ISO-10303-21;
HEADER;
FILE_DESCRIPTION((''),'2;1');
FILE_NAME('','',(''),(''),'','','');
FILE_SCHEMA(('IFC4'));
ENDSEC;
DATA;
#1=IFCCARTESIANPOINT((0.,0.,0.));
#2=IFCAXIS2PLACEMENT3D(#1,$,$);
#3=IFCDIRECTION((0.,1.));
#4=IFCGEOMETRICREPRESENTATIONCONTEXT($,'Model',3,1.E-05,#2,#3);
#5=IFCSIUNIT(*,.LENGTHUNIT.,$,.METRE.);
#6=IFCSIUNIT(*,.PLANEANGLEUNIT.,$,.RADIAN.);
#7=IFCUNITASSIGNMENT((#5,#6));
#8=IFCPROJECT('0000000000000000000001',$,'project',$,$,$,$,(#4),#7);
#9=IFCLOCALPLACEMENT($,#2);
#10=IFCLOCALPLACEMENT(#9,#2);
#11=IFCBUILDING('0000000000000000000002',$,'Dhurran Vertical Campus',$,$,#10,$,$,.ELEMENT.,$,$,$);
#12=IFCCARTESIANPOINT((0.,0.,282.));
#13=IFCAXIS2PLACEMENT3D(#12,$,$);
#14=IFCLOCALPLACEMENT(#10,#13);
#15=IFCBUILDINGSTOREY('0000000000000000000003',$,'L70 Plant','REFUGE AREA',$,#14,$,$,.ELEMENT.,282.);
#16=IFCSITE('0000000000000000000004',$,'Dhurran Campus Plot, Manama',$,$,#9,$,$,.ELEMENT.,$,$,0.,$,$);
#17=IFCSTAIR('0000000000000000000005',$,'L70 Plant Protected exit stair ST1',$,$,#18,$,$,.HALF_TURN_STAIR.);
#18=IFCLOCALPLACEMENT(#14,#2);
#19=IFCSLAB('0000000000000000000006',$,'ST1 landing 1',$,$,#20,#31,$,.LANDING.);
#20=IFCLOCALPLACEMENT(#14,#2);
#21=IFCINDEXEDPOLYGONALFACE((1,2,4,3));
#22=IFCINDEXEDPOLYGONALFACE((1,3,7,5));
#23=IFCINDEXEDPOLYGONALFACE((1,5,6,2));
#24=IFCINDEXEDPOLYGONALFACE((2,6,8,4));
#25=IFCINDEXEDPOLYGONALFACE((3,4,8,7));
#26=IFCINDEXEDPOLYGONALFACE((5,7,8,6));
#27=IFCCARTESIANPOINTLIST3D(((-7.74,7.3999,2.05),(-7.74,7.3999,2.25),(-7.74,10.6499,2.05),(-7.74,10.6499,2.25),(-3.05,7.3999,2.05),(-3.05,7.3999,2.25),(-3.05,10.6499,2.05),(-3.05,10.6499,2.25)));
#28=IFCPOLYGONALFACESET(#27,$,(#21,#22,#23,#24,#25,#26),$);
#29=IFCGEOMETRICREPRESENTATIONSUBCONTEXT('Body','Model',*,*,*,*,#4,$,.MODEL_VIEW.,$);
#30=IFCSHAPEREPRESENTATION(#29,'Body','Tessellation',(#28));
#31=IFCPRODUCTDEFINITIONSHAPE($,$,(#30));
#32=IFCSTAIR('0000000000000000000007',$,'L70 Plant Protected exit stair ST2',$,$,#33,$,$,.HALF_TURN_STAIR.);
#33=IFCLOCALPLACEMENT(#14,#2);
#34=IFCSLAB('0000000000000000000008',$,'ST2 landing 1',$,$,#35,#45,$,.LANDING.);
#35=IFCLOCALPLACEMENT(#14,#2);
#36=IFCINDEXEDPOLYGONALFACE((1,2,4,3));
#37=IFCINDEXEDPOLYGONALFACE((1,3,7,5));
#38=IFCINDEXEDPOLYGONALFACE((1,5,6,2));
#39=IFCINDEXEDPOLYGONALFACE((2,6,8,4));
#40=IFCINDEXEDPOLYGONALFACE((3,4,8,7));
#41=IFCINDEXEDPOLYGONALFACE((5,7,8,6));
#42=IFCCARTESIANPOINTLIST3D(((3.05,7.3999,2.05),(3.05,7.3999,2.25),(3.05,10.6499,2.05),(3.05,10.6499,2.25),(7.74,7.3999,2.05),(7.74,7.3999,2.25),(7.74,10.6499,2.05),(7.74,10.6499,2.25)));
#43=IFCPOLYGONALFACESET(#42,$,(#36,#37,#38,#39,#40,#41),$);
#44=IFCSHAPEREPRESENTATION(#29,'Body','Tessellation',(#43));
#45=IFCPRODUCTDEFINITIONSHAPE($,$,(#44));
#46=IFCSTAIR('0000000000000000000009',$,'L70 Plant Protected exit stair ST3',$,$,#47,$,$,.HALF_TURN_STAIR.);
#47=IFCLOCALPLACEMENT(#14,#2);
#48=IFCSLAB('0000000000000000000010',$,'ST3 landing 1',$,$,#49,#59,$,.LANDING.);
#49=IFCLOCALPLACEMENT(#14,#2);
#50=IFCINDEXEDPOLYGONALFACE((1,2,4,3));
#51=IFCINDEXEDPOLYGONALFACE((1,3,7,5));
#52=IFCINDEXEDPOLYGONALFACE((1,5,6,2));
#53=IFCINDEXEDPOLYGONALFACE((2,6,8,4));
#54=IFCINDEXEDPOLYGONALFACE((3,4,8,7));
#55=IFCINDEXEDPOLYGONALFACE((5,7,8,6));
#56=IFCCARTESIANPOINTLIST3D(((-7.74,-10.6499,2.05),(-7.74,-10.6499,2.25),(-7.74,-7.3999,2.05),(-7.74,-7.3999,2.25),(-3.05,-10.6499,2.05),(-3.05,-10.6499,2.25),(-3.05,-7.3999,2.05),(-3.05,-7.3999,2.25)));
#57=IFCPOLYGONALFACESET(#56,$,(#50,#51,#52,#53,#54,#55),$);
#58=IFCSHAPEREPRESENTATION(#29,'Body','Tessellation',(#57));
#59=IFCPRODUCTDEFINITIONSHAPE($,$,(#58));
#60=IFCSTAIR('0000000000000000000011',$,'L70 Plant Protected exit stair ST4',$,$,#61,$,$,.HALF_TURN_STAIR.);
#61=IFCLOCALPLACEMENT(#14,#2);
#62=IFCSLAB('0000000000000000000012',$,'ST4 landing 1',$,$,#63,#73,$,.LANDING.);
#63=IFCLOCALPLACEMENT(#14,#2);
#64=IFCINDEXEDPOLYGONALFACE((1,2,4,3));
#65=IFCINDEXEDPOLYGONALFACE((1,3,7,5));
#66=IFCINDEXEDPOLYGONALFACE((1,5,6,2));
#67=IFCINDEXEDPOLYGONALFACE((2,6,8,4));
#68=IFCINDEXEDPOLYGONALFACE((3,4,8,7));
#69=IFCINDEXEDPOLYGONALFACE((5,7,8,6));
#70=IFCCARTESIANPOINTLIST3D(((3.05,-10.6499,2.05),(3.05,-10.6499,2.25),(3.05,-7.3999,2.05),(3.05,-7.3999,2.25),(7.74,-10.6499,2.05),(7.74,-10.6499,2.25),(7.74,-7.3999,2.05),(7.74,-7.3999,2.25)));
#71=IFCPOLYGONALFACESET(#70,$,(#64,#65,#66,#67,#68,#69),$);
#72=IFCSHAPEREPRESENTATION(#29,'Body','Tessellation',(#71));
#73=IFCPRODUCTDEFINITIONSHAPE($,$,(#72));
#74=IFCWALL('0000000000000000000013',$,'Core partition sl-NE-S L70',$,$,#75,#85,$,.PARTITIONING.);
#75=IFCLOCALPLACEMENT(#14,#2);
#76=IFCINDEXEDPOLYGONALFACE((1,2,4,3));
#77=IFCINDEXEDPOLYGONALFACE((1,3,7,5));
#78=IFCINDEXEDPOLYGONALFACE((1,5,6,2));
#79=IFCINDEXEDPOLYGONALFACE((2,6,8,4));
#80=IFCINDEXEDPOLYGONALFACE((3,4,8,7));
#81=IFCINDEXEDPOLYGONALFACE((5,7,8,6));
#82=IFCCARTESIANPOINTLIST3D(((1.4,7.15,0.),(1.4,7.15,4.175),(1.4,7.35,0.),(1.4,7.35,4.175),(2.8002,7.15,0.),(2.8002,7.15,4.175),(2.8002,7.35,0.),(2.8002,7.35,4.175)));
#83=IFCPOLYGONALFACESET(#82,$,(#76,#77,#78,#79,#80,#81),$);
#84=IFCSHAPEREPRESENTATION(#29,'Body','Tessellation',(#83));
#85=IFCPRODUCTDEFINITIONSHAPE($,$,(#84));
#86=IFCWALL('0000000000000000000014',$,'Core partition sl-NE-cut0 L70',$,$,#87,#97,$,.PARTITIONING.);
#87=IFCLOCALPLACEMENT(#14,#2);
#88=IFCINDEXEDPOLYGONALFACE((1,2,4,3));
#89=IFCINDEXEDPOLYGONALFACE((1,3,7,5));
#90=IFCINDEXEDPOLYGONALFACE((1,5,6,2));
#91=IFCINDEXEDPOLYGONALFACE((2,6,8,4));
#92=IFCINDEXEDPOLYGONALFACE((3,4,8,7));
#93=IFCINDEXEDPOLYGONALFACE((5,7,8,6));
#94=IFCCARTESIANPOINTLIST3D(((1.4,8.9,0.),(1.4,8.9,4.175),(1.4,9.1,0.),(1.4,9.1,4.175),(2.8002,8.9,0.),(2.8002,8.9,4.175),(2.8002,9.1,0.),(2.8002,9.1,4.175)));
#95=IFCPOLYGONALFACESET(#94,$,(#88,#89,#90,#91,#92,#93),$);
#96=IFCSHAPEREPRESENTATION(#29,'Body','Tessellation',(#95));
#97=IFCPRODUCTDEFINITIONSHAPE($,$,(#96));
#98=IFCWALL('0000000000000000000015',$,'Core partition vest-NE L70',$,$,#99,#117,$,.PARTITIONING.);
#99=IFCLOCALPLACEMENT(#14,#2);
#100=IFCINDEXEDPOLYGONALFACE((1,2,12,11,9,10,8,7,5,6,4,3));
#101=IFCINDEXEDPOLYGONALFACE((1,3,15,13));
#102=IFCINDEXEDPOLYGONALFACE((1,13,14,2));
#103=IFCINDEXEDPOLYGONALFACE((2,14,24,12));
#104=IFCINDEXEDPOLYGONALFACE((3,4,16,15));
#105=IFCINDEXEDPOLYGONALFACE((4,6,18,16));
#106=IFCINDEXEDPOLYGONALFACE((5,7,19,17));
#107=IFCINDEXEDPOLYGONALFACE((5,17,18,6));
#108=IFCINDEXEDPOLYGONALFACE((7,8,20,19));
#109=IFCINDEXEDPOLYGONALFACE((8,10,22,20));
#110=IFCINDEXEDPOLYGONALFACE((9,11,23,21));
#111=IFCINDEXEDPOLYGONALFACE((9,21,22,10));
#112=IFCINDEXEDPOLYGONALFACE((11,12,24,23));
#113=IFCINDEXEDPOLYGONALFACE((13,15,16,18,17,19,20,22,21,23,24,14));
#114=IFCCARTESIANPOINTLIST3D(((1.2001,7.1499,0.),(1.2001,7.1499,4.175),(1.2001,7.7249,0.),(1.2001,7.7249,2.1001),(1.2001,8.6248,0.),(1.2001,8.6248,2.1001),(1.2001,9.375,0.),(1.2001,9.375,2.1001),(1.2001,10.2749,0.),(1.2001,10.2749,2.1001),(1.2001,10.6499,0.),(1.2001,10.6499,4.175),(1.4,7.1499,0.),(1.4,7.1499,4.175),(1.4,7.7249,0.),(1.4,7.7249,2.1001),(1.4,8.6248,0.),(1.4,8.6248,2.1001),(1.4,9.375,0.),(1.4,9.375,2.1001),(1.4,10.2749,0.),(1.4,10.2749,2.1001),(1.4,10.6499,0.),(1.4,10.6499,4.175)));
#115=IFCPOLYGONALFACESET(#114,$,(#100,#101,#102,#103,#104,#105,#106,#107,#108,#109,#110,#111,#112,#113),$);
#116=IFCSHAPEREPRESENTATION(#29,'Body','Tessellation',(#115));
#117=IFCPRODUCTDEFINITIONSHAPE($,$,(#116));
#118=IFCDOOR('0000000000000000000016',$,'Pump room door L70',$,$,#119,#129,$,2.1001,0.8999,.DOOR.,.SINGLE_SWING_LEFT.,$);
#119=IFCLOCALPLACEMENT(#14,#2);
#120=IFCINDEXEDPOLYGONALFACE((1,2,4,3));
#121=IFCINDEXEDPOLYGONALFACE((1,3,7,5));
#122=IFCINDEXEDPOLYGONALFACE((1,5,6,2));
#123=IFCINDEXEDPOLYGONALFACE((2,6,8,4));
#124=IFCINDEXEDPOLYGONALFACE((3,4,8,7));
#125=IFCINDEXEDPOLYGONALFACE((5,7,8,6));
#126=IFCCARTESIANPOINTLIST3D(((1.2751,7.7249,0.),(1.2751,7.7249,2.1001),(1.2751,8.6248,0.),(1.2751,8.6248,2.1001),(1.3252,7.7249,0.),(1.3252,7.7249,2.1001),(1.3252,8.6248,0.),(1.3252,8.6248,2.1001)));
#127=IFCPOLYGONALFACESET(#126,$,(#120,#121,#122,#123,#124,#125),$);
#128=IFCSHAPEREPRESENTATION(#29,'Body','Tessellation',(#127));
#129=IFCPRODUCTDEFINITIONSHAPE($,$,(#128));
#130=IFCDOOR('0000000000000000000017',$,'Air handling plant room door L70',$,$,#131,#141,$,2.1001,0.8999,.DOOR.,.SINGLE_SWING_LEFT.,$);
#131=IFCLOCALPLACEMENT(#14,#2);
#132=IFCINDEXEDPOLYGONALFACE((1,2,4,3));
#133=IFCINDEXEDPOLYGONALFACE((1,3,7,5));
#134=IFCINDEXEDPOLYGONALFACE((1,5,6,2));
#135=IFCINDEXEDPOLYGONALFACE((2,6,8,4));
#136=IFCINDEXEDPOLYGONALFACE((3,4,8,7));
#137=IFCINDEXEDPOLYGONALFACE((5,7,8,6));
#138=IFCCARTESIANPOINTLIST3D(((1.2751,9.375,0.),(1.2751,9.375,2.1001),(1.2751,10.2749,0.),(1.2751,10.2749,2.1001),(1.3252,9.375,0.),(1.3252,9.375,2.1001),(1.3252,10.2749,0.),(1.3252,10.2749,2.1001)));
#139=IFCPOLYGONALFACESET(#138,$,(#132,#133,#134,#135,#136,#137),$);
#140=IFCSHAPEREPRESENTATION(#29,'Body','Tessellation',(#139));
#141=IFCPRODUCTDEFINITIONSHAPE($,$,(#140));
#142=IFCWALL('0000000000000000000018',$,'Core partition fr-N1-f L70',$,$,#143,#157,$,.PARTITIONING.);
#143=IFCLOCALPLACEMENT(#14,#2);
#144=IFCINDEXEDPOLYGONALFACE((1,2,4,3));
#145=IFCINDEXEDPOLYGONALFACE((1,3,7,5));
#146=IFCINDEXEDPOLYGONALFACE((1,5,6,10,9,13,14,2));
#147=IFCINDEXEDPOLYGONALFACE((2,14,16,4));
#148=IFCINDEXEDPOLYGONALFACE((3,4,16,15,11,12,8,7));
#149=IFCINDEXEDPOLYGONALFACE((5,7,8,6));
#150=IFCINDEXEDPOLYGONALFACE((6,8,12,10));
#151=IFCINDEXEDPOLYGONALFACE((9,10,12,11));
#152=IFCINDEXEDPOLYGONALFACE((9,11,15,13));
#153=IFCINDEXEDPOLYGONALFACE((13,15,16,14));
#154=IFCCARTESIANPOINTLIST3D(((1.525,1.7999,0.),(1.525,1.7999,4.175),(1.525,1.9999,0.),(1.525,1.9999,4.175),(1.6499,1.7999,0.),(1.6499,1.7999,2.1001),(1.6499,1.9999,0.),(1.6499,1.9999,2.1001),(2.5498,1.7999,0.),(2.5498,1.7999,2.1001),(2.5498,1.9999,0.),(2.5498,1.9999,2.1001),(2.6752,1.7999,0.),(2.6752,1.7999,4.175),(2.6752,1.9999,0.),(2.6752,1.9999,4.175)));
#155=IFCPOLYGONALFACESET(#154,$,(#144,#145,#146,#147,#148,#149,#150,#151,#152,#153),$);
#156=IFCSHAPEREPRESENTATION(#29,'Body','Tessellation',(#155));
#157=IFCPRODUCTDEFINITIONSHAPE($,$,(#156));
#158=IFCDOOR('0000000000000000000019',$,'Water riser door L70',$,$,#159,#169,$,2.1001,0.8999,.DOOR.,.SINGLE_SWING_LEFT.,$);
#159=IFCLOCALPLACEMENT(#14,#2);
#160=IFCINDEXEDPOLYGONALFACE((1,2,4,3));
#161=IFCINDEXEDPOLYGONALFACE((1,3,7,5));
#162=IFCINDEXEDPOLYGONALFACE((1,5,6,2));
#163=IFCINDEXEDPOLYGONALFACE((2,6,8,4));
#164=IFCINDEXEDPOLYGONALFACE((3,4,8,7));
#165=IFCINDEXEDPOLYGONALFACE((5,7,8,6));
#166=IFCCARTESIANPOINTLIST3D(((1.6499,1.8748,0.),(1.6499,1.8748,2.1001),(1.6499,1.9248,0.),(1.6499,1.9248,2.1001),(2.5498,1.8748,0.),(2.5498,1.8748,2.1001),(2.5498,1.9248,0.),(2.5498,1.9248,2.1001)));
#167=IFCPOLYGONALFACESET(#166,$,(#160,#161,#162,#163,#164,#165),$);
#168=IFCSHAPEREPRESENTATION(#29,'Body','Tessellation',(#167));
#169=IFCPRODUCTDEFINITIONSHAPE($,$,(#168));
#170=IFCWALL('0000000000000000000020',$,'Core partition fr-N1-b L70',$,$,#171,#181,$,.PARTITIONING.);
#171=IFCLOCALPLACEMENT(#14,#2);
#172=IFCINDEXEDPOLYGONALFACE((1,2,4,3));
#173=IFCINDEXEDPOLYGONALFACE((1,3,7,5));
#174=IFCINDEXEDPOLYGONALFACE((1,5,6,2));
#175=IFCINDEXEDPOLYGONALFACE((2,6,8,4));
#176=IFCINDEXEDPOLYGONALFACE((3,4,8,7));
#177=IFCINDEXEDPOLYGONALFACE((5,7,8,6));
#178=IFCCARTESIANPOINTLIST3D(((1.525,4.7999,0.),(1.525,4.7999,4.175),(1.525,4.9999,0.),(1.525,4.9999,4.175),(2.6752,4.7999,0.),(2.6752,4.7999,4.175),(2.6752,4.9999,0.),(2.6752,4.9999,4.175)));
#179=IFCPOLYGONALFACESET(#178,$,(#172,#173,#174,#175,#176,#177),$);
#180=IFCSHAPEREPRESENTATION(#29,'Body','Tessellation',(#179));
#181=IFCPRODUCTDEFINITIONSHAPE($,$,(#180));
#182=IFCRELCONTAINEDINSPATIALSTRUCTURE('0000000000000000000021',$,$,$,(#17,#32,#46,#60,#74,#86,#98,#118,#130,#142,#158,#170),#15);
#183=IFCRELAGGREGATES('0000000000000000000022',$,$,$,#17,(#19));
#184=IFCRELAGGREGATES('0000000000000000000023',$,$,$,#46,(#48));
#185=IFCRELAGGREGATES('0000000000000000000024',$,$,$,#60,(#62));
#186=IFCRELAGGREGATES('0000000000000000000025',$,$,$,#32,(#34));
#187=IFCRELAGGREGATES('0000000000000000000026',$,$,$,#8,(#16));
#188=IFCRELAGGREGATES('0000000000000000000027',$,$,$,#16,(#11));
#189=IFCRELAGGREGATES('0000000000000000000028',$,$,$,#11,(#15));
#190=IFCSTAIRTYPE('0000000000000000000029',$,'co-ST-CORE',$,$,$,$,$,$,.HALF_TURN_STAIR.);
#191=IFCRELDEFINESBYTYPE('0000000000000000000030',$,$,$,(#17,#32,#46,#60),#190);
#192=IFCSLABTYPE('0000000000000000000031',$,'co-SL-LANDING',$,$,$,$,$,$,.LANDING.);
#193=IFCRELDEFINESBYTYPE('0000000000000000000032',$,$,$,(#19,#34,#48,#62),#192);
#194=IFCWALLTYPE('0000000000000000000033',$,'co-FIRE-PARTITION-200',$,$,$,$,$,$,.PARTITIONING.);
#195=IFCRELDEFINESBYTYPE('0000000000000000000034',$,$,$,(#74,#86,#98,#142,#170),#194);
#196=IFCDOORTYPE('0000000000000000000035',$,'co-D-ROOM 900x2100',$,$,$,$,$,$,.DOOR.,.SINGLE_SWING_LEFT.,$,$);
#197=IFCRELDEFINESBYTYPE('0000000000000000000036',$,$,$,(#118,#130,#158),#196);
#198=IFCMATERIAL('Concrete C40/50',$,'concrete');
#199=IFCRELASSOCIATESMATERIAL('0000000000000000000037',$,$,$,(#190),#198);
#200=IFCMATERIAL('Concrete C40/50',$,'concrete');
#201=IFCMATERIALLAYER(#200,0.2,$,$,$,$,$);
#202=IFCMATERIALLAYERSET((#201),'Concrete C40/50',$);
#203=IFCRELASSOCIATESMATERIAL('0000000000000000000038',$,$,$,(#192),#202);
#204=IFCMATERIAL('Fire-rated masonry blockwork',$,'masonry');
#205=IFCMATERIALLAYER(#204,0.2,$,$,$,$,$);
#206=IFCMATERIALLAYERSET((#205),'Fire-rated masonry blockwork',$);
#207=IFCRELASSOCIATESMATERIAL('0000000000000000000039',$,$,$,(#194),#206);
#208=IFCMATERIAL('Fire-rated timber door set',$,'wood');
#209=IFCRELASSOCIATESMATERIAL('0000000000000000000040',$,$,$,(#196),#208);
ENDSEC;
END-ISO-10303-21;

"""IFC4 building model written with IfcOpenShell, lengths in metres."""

from ifc_helpers import new_model, si_unit, direction, frame, frame_2d, origin, place, context, subcontext, project, spatial, polyline, rectangle, outline, extrude, material, layer, layer_set, type_object, element, fill, aggregate, save


model = new_model("IFC4")

# Units and contexts
model_context = context("Model", 3, precision=1e-05, world=origin(), true_north=direction((0.0, 1.0)))
body_context = subcontext(model_context, "Body", "Model", "MODEL_VIEW")
ifc_project = project(units=[si_unit("LENGTHUNIT", "METRE"), si_unit("PLANEANGLEUNIT", "RADIAN")], contexts=[model_context])

# Site, building, storey
site_placement = place(None, origin())
site = spatial("IfcSite", under=ifc_project, at=site_placement, Name="Dhurran Campus Plot, Manama", CompositionType="ELEMENT", RefElevation=0.0)
building_placement = place(site_placement, origin())
building = spatial("IfcBuilding", under=site, at=building_placement, Name="Dhurran Vertical Campus", CompositionType="ELEMENT")
storey_placement = place(building_placement, frame((0.0, 0.0, 282.0)))
storey = spatial("IfcBuildingStorey", under=building, at=storey_placement, Name="L70 Plant", Description="REFUGE AREA", CompositionType="ELEMENT", Elevation=282.0)

# Stairs, slabs
ifc_material_1 = material(Name="Concrete C40/50", Category="concrete")
stair_type = type_object("IfcStairType", Name="co-ST-CORE", PredefinedType="HALF_TURN_STAIR", material=ifc_material_1)
stair_1_placement = place(storey_placement, origin())
stair_1 = element("IfcStair", 1, at=stair_1_placement, inside=storey, type_object=stair_type, Name="L70 Plant Protected exit stair ST1", PredefinedType="HALF_TURN_STAIR")
ifc_material_2 = material(Name="Concrete C40/50", Category="concrete")
ifc_layer_1 = layer(ifc_material_2, 0.2)
ifc_layer_set_1 = layer_set([ifc_layer_1], Name="Concrete C40/50")
slab_type = type_object("IfcSlabType", Name="co-SL-LANDING", PredefinedType="LANDING", material=ifc_layer_set_1)
slab_1_placement = place(storey_placement, frame((0.0, 0.0, 2.05)))
slab_1 = element("IfcSlab", 2, at=slab_1_placement, type_object=slab_type, Name="ST1 landing 1", PredefinedType="LANDING", context=body_context, shape_type="SweptSolid", body=[
    extrude(outline(polyline([(-7.74, 7.3999), (-3.05, 7.3999), (-3.05, 10.6499), (-7.74, 10.6499), (-7.74, 7.3999)])), origin(), (0.0, 0.0, 1.0), 0.2),
])
aggregate(stair_1, [slab_1])
stair_2_placement = place(storey_placement, origin())
stair_2 = element("IfcStair", 3, at=stair_2_placement, inside=storey, type_object=stair_type, Name="L70 Plant Protected exit stair ST2", PredefinedType="HALF_TURN_STAIR")
slab_2_placement = place(storey_placement, frame((0.0, 0.0, 2.05)))
slab_2 = element("IfcSlab", 4, at=slab_2_placement, type_object=slab_type, Name="ST2 landing 1", PredefinedType="LANDING", context=body_context, shape_type="SweptSolid", body=[
    extrude(outline(polyline([(7.74, 10.6499), (3.05, 10.6499), (3.05, 7.3999), (7.74, 7.3999), (7.74, 10.6499)])), origin(), (0.0, 0.0, 1.0), 0.2),
])
stair_3_placement = place(storey_placement, origin())
stair_3 = element("IfcStair", 5, at=stair_3_placement, inside=storey, type_object=stair_type, Name="L70 Plant Protected exit stair ST3", PredefinedType="HALF_TURN_STAIR")
slab_3_placement = place(storey_placement, frame((0.0, 0.0, 2.05)))
slab_3 = element("IfcSlab", 6, at=slab_3_placement, type_object=slab_type, Name="ST3 landing 1", PredefinedType="LANDING", context=body_context, shape_type="SweptSolid", body=[
    extrude(outline(polyline([(-7.74, -10.6499), (-3.05, -10.6499), (-3.05, -7.3999), (-7.74, -7.3999), (-7.74, -10.6499)])), origin(), (0.0, 0.0, 1.0), 0.2),
])
aggregate(stair_3, [slab_3])
stair_4_placement = place(storey_placement, origin())
stair_4 = element("IfcStair", 7, at=stair_4_placement, inside=storey, type_object=stair_type, Name="L70 Plant Protected exit stair ST4", PredefinedType="HALF_TURN_STAIR")
slab_4_placement = place(storey_placement, frame((0.0, 0.0, 2.05)))
slab_4 = element("IfcSlab", 8, at=slab_4_placement, type_object=slab_type, Name="ST4 landing 1", PredefinedType="LANDING", context=body_context, shape_type="SweptSolid", body=[
    extrude(outline(polyline([(7.74, -7.3999), (3.05, -7.3999), (3.05, -10.6499), (7.74, -10.6499), (7.74, -7.3999)])), origin(), (0.0, 0.0, 1.0), 0.2),
])
aggregate(stair_4, [slab_4])

# Walls
ifc_material_3 = material(Name="Fire-rated masonry blockwork", Category="masonry")
ifc_layer_2 = layer(ifc_material_3, 0.2)
ifc_layer_set_2 = layer_set([ifc_layer_2], Name="Fire-rated masonry blockwork")
wall_type_1 = type_object("IfcWallType", Name="co-FIRE-PARTITION-200", PredefinedType="PARTITIONING", material=ifc_layer_set_2)
for number, where, z_axis, x_axis, name in (
    (9, (1.3999, 7.25, 0.0), (0.0, 0.0, 1.0), (1.0, 0.0, 0.0), "Core partition sl-NE-S L70"),
    (10, (1.3999, 9.0, 0.0), (0.0, 0.0, 1.0), (1.0, 0.0, 0.0), "Core partition sl-NE-cut0 L70"),
):
    element("IfcWall", number, at=place(storey_placement, frame(where, z_axis=z_axis, x_axis=x_axis)), inside=storey, type_object=wall_type_1, Name=name, PredefinedType="PARTITIONING", context=body_context, shape_type="SweptSolid", body=[
        extrude(rectangle(XDim=1.4001, YDim=0.2, at=frame_2d((0.7002, 0.0))), origin(), (0.0, 0.0, 1.0), 4.175),
    ])

# Wall, openings, doors
wall_1_placement = place(storey_placement, frame((1.3, 7.1499, 0.0), z_axis=(0.0, 0.0, 1.0), x_axis=(0.0, 1.0, 0.0)))
wall_1 = element("IfcWall", 11, at=wall_1_placement, inside=storey, type_object=wall_type_1, Name="Core partition vest-NE L70", PredefinedType="PARTITIONING", context=body_context, shape_type="SweptSolid", body=[
    extrude(rectangle(XDim=3.5, YDim=0.2, at=frame_2d((1.75, 0.0))), origin(), (0.0, 0.0, 1.0), 4.175),
])
opening_1_placement = place(wall_1_placement, frame((0.575, 0.0, 0.0)))
opening_1 = element("IfcOpeningElement", 12, at=opening_1_placement, cuts=wall_1, PredefinedType="OPENING", context=body_context, shape_type="SweptSolid", body=[
    extrude(rectangle(XDim=0.8999, YDim=2.1001, at=frame_2d((0.45, 1.05))), frame((0.0, 0.1099, 0.0), z_axis=(0.0, -1.0, 0.0), x_axis=(1.0, 0.0, 0.0)), (0.0, 0.0, 1.0), 0.22),
])
opening_2_placement = place(wall_1_placement, frame((2.2251, 0.0, 0.0)))
opening_2 = element("IfcOpeningElement", 13, at=opening_2_placement, cuts=wall_1, PredefinedType="OPENING", context=body_context, shape_type="SweptSolid", body=[
    extrude(rectangle(XDim=0.8999, YDim=2.1001, at=frame_2d((0.45, 1.05))), frame((0.0, 0.1099, 0.0), z_axis=(0.0, -1.0, 0.0), x_axis=(1.0, 0.0, 0.0)), (0.0, 0.0, 1.0), 0.22),
])
ifc_material_4 = material(Name="Fire-rated timber door set", Category="wood")
door_type_1 = type_object("IfcDoorType", Name="co-D-ROOM 900x2100", OperationType="SINGLE_SWING_LEFT", PredefinedType="DOOR", material=ifc_material_4)
door_1_placement = place(opening_1_placement, origin())
door_1 = element("IfcDoor", 14, at=door_1_placement, inside=storey, type_object=door_type_1, Name="Pump room door L70", OperationType="SINGLE_SWING_LEFT", OverallHeight=2.1001, OverallWidth=0.8999, PredefinedType="DOOR", context=body_context, shape_type="SweptSolid", body=[
    extrude(rectangle(XDim=0.8999, YDim=2.1001, at=frame_2d((0.45, 1.05))), frame((0.0, 0.0249, 0.0), z_axis=(0.0, -1.0, 0.0), x_axis=(1.0, 0.0, 0.0)), (0.0, 0.0, 1.0), 0.05),
])
fill(opening_1, door_1)
door_2_placement = place(opening_2_placement, origin())
door_2 = element("IfcDoor", 15, at=door_2_placement, inside=storey, type_object=door_type_1, Name="Air handling plant room door L70", OperationType="SINGLE_SWING_LEFT", OverallHeight=2.1001, OverallWidth=0.8999, PredefinedType="DOOR", context=body_context, shape_type="SweptSolid", body=[
    extrude(rectangle(XDim=0.8999, YDim=2.1001, at=frame_2d((0.45, 1.05))), frame((0.0, 0.0249, 0.0), z_axis=(0.0, -1.0, 0.0), x_axis=(1.0, 0.0, 0.0)), (0.0, 0.0, 1.0), 0.05),
])
fill(opening_2, door_2)

# Wall, opening, door
wall_2_placement = place(storey_placement, frame((1.5249, 1.8999, 0.0), z_axis=(0.0, 0.0, 1.0), x_axis=(1.0, 0.0, 0.0)))
wall_2 = element("IfcWall", 16, at=wall_2_placement, inside=storey, type_object=wall_type_1, Name="Core partition fr-N1-f L70", PredefinedType="PARTITIONING", context=body_context, shape_type="SweptSolid", body=[
    extrude(rectangle(XDim=1.1501, YDim=0.2, at=frame_2d((0.5752, 0.0))), origin(), (0.0, 0.0, 1.0), 4.175),
])
opening_3_placement = place(wall_2_placement, frame((0.125, 0.0, 0.0)))
opening_3 = element("IfcOpeningElement", 17, at=opening_3_placement, cuts=wall_2, PredefinedType="OPENING", context=body_context, shape_type="SweptSolid", body=[
    extrude(rectangle(XDim=0.8999, YDim=2.1001, at=frame_2d((0.45, 1.05))), frame((0.0, 0.1099, 0.0), z_axis=(0.0, -1.0, 0.0), x_axis=(1.0, 0.0, 0.0)), (0.0, 0.0, 1.0), 0.22),
])
door_3_placement = place(opening_3_placement, origin())
door_3 = element("IfcDoor", 18, at=door_3_placement, inside=storey, type_object=door_type_1, Name="Water riser door L70", OperationType="SINGLE_SWING_LEFT", OverallHeight=2.1001, OverallWidth=0.8999, PredefinedType="DOOR", context=body_context, shape_type="SweptSolid", body=[
    extrude(rectangle(XDim=0.8999, YDim=2.1001, at=frame_2d((0.45, 1.05))), frame((0.0, 0.0249, 0.0), z_axis=(0.0, -1.0, 0.0), x_axis=(1.0, 0.0, 0.0)), (0.0, 0.0, 1.0), 0.05),
])
fill(opening_3, door_3)

# Wall
wall_3_placement = place(storey_placement, frame((1.5249, 4.8999, 0.0), z_axis=(0.0, 0.0, 1.0), x_axis=(1.0, 0.0, 0.0)))
element("IfcWall", 19, at=wall_3_placement, inside=storey, type_object=wall_type_1, Name="Core partition fr-N1-b L70", PredefinedType="PARTITIONING", context=body_context, shape_type="SweptSolid", body=[
    extrude(rectangle(XDim=1.1501, YDim=0.2, at=frame_2d((0.5752, 0.0))), origin(), (0.0, 0.0, 1.0), 4.175),
])

aggregate(stair_2, [slab_2])

save(model, "model.ifc")
